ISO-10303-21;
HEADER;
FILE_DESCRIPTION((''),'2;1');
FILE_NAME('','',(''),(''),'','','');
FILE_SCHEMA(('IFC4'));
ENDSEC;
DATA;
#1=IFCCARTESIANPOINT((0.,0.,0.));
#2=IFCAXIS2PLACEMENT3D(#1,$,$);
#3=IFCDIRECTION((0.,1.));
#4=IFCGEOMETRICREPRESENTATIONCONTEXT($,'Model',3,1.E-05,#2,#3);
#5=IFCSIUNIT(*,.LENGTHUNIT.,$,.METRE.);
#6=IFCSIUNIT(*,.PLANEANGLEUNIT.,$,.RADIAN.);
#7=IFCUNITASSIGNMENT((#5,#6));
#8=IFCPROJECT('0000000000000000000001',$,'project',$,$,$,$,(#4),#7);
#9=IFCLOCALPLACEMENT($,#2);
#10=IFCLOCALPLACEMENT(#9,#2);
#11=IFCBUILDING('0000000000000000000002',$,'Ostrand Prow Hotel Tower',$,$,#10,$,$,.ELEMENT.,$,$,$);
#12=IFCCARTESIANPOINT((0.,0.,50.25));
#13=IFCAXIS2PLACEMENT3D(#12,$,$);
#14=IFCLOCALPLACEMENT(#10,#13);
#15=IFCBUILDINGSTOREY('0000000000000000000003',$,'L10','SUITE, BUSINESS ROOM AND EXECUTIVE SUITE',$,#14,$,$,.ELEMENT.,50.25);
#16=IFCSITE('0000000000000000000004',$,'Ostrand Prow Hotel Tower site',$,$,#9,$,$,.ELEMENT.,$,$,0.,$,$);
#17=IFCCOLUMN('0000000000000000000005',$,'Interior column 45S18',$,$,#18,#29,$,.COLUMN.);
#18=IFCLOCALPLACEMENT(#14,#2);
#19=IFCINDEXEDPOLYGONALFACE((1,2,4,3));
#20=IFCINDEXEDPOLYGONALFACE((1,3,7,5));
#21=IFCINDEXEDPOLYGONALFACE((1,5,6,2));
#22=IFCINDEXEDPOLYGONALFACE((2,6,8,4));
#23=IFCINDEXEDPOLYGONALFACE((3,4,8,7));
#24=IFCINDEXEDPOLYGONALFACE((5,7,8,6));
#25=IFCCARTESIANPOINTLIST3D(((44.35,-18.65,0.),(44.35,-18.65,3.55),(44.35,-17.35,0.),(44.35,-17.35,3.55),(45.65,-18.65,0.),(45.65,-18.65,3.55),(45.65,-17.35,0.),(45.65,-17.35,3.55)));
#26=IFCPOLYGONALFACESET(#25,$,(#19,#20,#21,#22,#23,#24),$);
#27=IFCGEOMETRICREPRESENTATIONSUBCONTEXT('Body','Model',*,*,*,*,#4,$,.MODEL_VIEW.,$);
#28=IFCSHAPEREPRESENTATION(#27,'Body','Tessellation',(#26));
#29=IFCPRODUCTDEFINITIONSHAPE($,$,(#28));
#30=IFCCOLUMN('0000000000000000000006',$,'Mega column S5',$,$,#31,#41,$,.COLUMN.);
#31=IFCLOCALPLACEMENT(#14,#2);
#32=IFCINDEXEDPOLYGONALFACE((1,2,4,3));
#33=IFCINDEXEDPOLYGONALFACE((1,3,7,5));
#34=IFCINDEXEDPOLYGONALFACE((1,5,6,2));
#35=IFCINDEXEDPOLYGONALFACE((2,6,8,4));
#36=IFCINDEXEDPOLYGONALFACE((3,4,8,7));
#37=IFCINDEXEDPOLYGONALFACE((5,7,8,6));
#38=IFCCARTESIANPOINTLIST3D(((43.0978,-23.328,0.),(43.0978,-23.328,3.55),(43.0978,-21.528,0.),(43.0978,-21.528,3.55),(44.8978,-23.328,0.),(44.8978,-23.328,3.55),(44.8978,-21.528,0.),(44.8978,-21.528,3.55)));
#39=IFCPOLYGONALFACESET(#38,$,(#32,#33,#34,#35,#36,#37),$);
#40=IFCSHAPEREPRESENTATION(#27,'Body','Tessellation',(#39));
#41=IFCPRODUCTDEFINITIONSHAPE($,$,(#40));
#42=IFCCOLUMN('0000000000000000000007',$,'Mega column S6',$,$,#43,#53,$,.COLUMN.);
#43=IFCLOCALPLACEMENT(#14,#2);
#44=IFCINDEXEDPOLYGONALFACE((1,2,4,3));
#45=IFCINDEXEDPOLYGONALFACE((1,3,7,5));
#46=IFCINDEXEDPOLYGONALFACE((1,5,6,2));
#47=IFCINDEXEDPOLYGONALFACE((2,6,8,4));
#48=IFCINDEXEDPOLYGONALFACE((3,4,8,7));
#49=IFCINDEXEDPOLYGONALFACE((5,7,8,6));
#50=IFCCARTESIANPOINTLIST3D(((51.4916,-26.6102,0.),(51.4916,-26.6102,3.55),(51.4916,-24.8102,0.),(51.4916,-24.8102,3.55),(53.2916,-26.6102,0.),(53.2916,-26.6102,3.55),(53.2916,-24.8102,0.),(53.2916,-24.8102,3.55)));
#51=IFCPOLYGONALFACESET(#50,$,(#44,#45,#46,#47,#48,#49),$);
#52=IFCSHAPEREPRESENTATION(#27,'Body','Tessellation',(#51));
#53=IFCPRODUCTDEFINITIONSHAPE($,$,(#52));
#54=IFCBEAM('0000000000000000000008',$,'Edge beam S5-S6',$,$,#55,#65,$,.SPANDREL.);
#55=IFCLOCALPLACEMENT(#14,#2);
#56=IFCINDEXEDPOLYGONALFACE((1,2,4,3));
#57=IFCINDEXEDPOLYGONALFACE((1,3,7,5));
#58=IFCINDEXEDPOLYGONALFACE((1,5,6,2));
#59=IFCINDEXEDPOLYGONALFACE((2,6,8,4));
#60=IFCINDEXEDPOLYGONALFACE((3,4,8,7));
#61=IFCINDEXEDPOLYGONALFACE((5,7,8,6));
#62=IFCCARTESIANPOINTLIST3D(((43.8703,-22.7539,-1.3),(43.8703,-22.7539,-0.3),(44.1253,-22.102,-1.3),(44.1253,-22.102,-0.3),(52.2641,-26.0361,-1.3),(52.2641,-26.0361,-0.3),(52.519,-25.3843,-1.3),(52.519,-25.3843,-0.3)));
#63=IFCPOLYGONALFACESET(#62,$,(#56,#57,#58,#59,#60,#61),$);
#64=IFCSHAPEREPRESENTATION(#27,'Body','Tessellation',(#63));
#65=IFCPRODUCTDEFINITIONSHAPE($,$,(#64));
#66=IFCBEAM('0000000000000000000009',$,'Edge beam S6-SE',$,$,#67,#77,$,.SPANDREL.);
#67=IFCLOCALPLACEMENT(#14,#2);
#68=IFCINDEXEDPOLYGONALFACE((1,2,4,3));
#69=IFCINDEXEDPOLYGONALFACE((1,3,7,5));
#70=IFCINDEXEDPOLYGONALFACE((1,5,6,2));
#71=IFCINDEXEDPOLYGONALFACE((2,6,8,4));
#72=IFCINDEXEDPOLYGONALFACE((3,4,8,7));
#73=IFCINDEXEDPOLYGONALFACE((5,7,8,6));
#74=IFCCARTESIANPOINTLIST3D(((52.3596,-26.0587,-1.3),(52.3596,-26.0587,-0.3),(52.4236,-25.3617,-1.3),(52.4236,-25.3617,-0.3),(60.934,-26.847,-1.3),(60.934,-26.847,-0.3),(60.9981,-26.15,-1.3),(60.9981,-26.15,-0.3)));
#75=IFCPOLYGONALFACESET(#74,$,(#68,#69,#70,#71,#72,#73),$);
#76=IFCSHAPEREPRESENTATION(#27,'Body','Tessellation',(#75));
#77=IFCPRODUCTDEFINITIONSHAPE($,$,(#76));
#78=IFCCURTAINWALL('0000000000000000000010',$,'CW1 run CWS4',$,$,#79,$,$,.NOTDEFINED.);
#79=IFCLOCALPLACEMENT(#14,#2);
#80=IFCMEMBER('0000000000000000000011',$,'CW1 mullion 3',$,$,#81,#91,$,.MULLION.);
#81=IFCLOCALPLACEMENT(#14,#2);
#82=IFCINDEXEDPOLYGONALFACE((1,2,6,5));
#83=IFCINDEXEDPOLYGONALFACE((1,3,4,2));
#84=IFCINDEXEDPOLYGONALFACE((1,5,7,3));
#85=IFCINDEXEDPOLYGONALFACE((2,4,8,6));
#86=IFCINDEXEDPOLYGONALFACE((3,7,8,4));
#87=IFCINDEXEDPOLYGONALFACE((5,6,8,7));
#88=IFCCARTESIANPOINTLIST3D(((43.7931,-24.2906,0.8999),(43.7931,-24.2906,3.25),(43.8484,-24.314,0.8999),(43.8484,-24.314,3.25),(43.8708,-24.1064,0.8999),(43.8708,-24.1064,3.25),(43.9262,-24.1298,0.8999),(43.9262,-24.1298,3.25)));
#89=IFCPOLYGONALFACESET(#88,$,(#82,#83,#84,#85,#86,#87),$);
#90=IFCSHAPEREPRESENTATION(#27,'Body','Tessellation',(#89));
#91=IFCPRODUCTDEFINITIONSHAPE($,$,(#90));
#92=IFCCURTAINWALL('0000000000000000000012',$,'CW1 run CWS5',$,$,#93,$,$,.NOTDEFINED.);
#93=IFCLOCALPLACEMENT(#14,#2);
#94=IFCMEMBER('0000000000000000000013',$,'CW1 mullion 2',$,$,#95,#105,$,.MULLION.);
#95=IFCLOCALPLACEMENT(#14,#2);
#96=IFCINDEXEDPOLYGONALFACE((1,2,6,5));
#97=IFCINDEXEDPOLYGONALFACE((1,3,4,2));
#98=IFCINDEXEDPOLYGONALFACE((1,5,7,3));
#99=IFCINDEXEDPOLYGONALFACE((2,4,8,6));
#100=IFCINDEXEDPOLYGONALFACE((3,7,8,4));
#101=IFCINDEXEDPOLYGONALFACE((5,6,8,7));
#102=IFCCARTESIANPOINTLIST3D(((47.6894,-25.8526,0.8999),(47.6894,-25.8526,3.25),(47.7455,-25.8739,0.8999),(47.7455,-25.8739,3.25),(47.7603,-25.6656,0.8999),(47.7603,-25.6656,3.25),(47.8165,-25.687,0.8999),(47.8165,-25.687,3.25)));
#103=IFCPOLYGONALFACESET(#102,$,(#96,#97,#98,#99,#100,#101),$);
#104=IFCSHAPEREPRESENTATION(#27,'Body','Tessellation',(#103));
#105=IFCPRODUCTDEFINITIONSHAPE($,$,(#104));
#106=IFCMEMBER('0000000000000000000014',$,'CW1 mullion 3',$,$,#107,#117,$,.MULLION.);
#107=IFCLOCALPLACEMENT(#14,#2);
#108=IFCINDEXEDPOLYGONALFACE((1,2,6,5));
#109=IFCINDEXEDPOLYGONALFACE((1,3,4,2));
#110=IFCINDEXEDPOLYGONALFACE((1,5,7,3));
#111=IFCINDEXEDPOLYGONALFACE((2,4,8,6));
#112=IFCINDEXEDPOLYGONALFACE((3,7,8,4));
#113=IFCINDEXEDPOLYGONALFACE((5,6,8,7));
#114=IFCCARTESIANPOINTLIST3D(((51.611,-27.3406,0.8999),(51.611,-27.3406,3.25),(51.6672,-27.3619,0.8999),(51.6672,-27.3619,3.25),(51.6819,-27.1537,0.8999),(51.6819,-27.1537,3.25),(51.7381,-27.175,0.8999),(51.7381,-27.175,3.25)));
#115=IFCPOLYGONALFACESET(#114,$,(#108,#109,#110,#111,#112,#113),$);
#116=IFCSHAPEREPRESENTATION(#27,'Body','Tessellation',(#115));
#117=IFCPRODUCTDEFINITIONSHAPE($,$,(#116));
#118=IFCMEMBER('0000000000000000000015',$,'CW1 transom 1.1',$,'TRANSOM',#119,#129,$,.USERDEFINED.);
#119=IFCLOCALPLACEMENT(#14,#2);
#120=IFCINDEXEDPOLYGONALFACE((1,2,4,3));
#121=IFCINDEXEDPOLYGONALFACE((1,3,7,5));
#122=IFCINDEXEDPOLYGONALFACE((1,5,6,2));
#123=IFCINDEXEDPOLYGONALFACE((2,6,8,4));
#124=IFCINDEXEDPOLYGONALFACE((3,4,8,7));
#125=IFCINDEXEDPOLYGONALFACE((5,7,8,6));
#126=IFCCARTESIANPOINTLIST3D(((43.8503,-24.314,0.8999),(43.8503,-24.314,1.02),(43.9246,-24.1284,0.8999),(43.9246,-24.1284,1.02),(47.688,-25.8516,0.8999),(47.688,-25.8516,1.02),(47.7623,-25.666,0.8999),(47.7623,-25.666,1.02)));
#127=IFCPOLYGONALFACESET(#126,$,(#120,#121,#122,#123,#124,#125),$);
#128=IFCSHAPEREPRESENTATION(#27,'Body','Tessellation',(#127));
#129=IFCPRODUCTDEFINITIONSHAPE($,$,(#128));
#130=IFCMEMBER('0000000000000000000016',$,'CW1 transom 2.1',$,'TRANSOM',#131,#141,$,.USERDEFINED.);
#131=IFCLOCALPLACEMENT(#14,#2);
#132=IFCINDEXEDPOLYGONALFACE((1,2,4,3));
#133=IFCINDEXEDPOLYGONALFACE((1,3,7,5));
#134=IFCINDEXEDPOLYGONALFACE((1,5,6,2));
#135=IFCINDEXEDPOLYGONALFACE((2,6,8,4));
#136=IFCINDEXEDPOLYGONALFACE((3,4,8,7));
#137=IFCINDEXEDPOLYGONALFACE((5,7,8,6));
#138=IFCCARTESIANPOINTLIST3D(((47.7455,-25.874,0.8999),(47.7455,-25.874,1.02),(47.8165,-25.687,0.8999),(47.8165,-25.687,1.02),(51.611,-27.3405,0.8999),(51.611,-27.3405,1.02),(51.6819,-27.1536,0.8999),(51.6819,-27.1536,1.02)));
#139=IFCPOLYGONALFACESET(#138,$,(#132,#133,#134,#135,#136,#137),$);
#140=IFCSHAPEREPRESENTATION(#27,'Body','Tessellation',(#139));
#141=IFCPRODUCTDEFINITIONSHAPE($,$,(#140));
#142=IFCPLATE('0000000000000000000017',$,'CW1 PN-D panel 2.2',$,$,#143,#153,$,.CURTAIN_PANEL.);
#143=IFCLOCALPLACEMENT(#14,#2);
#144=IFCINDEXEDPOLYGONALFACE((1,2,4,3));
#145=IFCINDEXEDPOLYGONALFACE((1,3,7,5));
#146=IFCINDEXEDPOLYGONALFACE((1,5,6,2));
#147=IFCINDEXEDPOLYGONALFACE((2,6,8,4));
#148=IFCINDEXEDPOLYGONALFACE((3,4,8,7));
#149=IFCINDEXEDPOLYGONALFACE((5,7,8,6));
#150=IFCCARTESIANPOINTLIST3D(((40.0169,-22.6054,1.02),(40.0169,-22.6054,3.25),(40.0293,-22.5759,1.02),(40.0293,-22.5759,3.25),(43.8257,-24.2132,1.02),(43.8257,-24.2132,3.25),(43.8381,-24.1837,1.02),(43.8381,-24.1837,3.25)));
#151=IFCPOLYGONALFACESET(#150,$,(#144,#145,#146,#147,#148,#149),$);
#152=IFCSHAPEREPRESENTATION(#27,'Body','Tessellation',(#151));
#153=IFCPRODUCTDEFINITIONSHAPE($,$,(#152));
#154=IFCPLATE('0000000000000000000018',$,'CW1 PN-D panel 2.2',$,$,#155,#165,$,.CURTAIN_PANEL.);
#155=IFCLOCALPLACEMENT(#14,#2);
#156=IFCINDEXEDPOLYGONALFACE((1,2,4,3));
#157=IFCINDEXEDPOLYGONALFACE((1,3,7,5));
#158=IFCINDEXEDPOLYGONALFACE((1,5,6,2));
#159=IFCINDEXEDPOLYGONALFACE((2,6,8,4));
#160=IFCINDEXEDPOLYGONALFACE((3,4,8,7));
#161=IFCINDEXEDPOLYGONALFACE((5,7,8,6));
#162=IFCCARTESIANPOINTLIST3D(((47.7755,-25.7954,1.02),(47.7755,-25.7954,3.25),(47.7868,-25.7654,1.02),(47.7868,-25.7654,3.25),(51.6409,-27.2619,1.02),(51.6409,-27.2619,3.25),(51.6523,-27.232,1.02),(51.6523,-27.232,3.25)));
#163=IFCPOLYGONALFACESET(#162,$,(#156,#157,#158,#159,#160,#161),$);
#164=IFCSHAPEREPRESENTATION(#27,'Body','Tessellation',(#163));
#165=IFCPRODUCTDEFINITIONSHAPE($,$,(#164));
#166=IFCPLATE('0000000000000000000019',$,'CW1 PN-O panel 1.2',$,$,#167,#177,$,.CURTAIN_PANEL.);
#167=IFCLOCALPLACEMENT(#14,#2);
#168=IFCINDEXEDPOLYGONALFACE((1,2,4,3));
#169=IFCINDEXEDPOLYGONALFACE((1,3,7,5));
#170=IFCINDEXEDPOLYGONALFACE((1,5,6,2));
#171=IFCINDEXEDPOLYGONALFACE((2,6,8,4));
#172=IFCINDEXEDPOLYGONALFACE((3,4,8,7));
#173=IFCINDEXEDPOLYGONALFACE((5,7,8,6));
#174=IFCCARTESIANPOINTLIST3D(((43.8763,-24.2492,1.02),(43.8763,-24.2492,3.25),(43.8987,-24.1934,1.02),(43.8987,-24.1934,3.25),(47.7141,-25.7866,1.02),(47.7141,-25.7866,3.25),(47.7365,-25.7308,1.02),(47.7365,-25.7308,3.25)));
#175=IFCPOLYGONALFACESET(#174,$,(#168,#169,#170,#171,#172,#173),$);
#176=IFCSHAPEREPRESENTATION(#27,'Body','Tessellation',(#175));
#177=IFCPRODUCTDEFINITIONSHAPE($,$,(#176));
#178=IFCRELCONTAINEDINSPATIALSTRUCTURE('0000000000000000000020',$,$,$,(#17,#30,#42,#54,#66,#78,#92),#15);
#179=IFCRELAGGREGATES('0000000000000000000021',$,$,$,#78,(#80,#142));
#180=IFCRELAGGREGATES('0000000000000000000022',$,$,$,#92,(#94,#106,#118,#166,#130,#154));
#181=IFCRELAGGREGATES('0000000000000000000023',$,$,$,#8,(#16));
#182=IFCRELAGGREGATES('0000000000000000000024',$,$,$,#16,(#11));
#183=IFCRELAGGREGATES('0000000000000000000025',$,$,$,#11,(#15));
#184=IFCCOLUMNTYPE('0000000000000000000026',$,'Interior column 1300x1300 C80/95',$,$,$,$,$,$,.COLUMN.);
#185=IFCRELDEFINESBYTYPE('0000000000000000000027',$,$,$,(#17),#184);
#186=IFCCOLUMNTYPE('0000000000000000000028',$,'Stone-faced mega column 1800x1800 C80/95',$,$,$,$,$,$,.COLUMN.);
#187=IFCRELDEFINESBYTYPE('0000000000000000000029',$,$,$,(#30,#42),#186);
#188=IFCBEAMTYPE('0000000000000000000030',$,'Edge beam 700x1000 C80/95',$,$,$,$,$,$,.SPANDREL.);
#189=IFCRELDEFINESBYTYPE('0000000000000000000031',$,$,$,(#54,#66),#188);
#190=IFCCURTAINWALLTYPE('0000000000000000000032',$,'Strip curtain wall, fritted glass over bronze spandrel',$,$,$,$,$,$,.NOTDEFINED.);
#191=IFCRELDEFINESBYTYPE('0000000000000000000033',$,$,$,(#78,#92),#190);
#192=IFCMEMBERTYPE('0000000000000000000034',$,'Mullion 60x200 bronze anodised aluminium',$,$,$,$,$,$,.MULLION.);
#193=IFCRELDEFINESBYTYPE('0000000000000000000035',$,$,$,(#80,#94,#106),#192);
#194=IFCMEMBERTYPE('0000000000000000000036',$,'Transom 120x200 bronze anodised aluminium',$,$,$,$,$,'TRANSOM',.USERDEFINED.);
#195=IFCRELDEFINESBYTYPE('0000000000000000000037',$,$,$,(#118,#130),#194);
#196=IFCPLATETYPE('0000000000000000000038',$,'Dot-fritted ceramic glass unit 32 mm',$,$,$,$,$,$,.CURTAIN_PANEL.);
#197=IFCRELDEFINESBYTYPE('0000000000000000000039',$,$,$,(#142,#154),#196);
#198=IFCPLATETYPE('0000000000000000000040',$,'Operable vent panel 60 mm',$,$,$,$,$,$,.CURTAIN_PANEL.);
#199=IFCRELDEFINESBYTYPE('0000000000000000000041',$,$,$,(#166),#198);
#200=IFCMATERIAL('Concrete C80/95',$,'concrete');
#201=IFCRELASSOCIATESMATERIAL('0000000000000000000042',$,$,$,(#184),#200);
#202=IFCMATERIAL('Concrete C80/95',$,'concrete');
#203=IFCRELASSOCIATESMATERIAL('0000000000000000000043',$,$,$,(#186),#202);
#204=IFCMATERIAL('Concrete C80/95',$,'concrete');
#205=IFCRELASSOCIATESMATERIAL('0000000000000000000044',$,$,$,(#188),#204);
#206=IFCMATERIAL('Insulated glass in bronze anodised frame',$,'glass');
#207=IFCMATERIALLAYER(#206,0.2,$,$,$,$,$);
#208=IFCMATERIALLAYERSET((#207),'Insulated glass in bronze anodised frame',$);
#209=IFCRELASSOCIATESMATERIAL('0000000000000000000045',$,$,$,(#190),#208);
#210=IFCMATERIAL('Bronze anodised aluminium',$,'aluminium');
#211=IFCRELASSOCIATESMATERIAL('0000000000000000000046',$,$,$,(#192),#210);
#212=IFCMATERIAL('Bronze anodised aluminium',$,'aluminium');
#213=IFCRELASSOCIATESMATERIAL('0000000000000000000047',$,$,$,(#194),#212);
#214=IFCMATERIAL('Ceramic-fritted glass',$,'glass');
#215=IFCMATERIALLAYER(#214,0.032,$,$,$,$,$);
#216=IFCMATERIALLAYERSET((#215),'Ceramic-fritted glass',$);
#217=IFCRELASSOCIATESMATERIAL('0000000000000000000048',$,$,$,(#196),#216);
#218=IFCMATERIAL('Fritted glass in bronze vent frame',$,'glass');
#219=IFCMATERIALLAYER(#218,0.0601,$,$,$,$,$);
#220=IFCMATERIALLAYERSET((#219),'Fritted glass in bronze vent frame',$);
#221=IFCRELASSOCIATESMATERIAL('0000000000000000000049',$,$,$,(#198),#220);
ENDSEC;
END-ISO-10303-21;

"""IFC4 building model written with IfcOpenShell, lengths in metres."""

from ifc_helpers import new_model, si_unit, direction, frame, origin, origin_2d, place, context, subcontext, project, spatial, rectangle, extrude, material, layer, layer_set, material_profile, profile_set, type_object, element, aggregate, save


model = new_model("IFC4")

# Units and contexts
model_context = context("Model", 3, precision=1e-05, world=origin(), true_north=direction((0.0, 1.0)))
body_context = subcontext(model_context, "Body", "Model", "MODEL_VIEW")
ifc_project = project(units=[si_unit("LENGTHUNIT", "METRE"), si_unit("PLANEANGLEUNIT", "RADIAN")], contexts=[model_context])

# Site, building, storey
site_placement = place(None, origin())
site = spatial("IfcSite", under=ifc_project, at=site_placement, Name="Ostrand Prow Hotel Tower site", CompositionType="ELEMENT", RefElevation=0.0)
building_placement = place(site_placement, origin())
building = spatial("IfcBuilding", under=site, at=building_placement, Name="Ostrand Prow Hotel Tower", CompositionType="ELEMENT")
storey_placement = place(building_placement, frame((0.0, 0.0, 50.25)))
storey = spatial("IfcBuildingStorey", under=building, at=storey_placement, Name="L10", Description="SUITE, BUSINESS ROOM AND EXECUTIVE SUITE", CompositionType="ELEMENT", Elevation=50.25)

# Columns
ifc_material_1 = material(Name="Concrete C80/95", Category="concrete")
ifc_material_profile_1 = material_profile(ifc_material_1, rectangle(XDim=1.3, YDim=1.3, at=origin_2d()), Name="RC 1300x1300")
ifc_profile_set_1 = profile_set([ifc_material_profile_1], Name="Concrete C80/95")
column_type_1 = type_object("IfcColumnType", Name="Interior column 1300x1300 C80/95", PredefinedType="COLUMN", material=ifc_profile_set_1)
column_placement = place(storey_placement, frame((45.0, -18.0, 0.0), z_axis=(0.0, 0.0, 1.0), x_axis=(1.0, 0.0, 0.0)))
element("IfcColumn", 1, at=column_placement, inside=storey, type_object=column_type_1, Name="Interior column 45S18", PredefinedType="COLUMN", context=body_context, shape_type="SweptSolid", body=[
    extrude(rectangle(XDim=1.3, YDim=1.3, at=origin_2d()), origin(), (0.0, 0.0, 1.0), 3.55),
])
ifc_material_2 = material(Name="Concrete C80/95", Category="concrete")
ifc_material_profile_2 = material_profile(ifc_material_2, rectangle(XDim=1.8, YDim=1.8, at=origin_2d()), Name="RC 1800x1800")
ifc_profile_set_2 = profile_set([ifc_material_profile_2], Name="Concrete C80/95")
column_type_2 = type_object("IfcColumnType", Name="Stone-faced mega column 1800x1800 C80/95", PredefinedType="COLUMN", material=ifc_profile_set_2)
for number, where, z_axis, x_axis, name in (
    (2, (43.9978, -22.428, 0.0), (0.0, 0.0, 1.0), (1.0, 0.0, 0.0), "Mega column S5"),
    (3, (52.3916, -25.7102, 0.0), (0.0, 0.0, 1.0), (1.0, 0.0, 0.0), "Mega column S6"),
):
    element("IfcColumn", number, at=place(storey_placement, frame(where, z_axis=z_axis, x_axis=x_axis)), inside=storey, type_object=column_type_2, Name=name, PredefinedType="COLUMN", context=body_context, shape_type="SweptSolid", body=[
        extrude(rectangle(XDim=1.8, YDim=1.8, at=origin_2d()), origin(), (0.0, 0.0, 1.0), 3.55),
    ])

# Beams
ifc_material_3 = material(Name="Concrete C80/95", Category="concrete")
ifc_material_profile_3 = material_profile(ifc_material_3, rectangle(XDim=0.7, YDim=1.0, at=origin_2d()), Name="RC 700x1000")
ifc_profile_set_3 = profile_set([ifc_material_profile_3], Name="Concrete C80/95")
beam_type = type_object("IfcBeamType", Name="Edge beam 700x1000 C80/95", PredefinedType="SPANDREL", material=ifc_profile_set_3)
beam_1_placement = place(storey_placement, frame((43.9978, -22.428, -0.8), z_axis=(0.931329, -0.364178, 0.0), x_axis=(0.364178, 0.931329, 0.0)))
element("IfcBeam", 4, at=beam_1_placement, inside=storey, type_object=beam_type, Name="Edge beam S5-S6", PredefinedType="SPANDREL", context=body_context, shape_type="SweptSolid", body=[
    extrude(rectangle(XDim=0.7, YDim=1.0, at=origin_2d()), origin(), (0.0, 0.0, 1.0), 9.0127),
])
beam_2_placement = place(storey_placement, frame((52.3916, -25.7102, -0.8), z_axis=(0.9958, -0.091553, 0.0), x_axis=(0.091553, 0.9958, 0.0)))
element("IfcBeam", 5, at=beam_2_placement, inside=storey, type_object=beam_type, Name="Edge beam S6-SE", PredefinedType="SPANDREL", context=body_context, shape_type="SweptSolid", body=[
    extrude(rectangle(XDim=0.7, YDim=1.0, at=origin_2d()), origin(), (0.0, 0.0, 1.0), 8.6106),
])

# Curtain wall, member
ifc_material_4 = material(Name="Insulated glass in bronze anodised frame", Category="glass")
ifc_layer_1 = layer(ifc_material_4, 0.2)
ifc_layer_set_1 = layer_set([ifc_layer_1], Name="Insulated glass in bronze anodised frame")
curtain_wall_type = type_object("IfcCurtainWallType", Name="Strip curtain wall, fritted glass over bronze spandrel", PredefinedType="NOTDEFINED", material=ifc_layer_set_1)
curtain_wall_1_placement = place(storey_placement, origin())
curtain_wall_1 = element("IfcCurtainWall", 6, at=curtain_wall_1_placement, inside=storey, type_object=curtain_wall_type, Name="CW1 run CWS4", PredefinedType="NOTDEFINED")
ifc_material_5 = material(Name="Bronze anodised aluminium", Category="aluminium")
ifc_material_profile_4 = material_profile(ifc_material_5, rectangle(XDim=0.2, YDim=0.0601, at=origin_2d()), Name="Mullion 60x200 bronze anodised aluminium")
ifc_profile_set_4 = profile_set([ifc_material_profile_4], Name="Bronze anodised aluminium")
member_type_1 = type_object("IfcMemberType", Name="Mullion 60x200 bronze anodised aluminium", PredefinedType="MULLION", material=ifc_profile_set_4)
member_1_placement = place(storey_placement, frame((43.8596, -24.2102, 0.8999), z_axis=(0.0, 0.0, 1.0), x_axis=(0.388892, 0.921283, 0.0)))
member_1 = element("IfcMember", 7, at=member_1_placement, type_object=member_type_1, Name="CW1 mullion 3", PredefinedType="MULLION", context=body_context, shape_type="SweptSolid", body=[
    extrude(rectangle(XDim=0.2, YDim=0.0601, at=origin_2d()), origin(), (0.0, 0.0, 1.0), 2.3501),
])

# Curtain wall, members
curtain_wall_2_placement = place(storey_placement, origin())
curtain_wall_2 = element("IfcCurtainWall", 8, at=curtain_wall_2_placement, inside=storey, type_object=curtain_wall_type, Name="CW1 run CWS5", PredefinedType="NOTDEFINED")
member_2_placement = place(storey_placement, frame((47.7529, -25.7698, 0.8999), z_axis=(0.0, 0.0, 1.0), x_axis=(0.354728, 0.934969, 0.0)))
member_2 = element("IfcMember", 9, at=member_2_placement, type_object=member_type_1, Name="CW1 mullion 2", PredefinedType="MULLION", context=body_context, shape_type="SweptSolid", body=[
    extrude(rectangle(XDim=0.2, YDim=0.0601, at=origin_2d()), origin(), (0.0, 0.0, 1.0), 2.3501),
])
member_3_placement = place(storey_placement, frame((51.6746, -27.2578, 0.8999), z_axis=(0.0, 0.0, 1.0), x_axis=(0.354728, 0.934969, 0.0)))
member_3 = element("IfcMember", 10, at=member_3_placement, type_object=member_type_1, Name="CW1 mullion 3", PredefinedType="MULLION", context=body_context, shape_type="SweptSolid", body=[
    extrude(rectangle(XDim=0.2, YDim=0.0601, at=origin_2d()), origin(), (0.0, 0.0, 1.0), 2.3501),
])
ifc_material_6 = material(Name="Bronze anodised aluminium", Category="aluminium")
ifc_material_profile_5 = material_profile(ifc_material_6, rectangle(XDim=0.2, YDim=0.1201, at=origin_2d()), Name="Transom 120x200 bronze anodised aluminium")
ifc_profile_set_5 = profile_set([ifc_material_profile_5], Name="Bronze anodised aluminium")
member_type_2 = type_object("IfcMemberType", Name="Transom 120x200 bronze anodised aluminium", ElementType="TRANSOM", PredefinedType="USERDEFINED", material=ifc_profile_set_5)
member_4_placement = place(storey_placement, frame((43.8875, -24.2212, 0.96), z_axis=(0.928265, -0.37192, 0.0), x_axis=(0.37192, 0.928265, 0.0)))
member_4 = element("IfcMember", 11, at=member_4_placement, type_object=member_type_2, Name="CW1 transom 1.1", ObjectType="TRANSOM", PredefinedType="USERDEFINED", context=body_context, shape_type="SweptSolid", body=[
    extrude(rectangle(XDim=0.2, YDim=0.1201, at=origin_2d()), origin(), (0.0, 0.0, 1.0), 4.1343),
])
member_5_placement = place(storey_placement, frame((47.781, -25.7805, 0.96), z_axis=(0.934971, -0.354725, 0.0), x_axis=(0.354725, 0.934971, 0.0)))
member_5 = element("IfcMember", 12, at=member_5_placement, type_object=member_type_2, Name="CW1 transom 2.1", ObjectType="TRANSOM", PredefinedType="USERDEFINED", context=body_context, shape_type="SweptSolid", body=[
    extrude(rectangle(XDim=0.2, YDim=0.1201, at=origin_2d()), origin(), (0.0, 0.0, 1.0), 4.1343),
])

# Plates
ifc_material_7 = material(Name="Ceramic-fritted glass", Category="glass")
ifc_layer_2 = layer(ifc_material_7, 0.032)
ifc_layer_set_2 = layer_set([ifc_layer_2], Name="Ceramic-fritted glass")
plate_type_1 = type_object("IfcPlateType", Name="Dot-fritted ceramic glass unit 32 mm", PredefinedType="CURTAIN_PANEL", material=ifc_layer_set_2)
plate_1_placement = place(storey_placement, frame((41.9275, -23.3945, 1.02), z_axis=(0.0, 0.0, 1.0), x_axis=(0.921283, -0.388892, 0.0)))
plate_1 = element("IfcPlate", 13, at=plate_1_placement, type_object=plate_type_1, Name="CW1 PN-D panel 2.2", PredefinedType="CURTAIN_PANEL", context=body_context, shape_type="SweptSolid", body=[
    extrude(rectangle(XDim=4.1343, YDim=0.032, at=origin_2d()), origin(), (0.0, 0.0, 1.0), 2.23),
])
aggregate(curtain_wall_1, [member_1, plate_1])
plate_2_placement = place(storey_placement, frame((49.7139, -26.5137, 1.02), z_axis=(0.0, 0.0, 1.0), x_axis=(0.934969, -0.354728, 0.0)))
plate_2 = element("IfcPlate", 14, at=plate_2_placement, type_object=plate_type_1, Name="CW1 PN-D panel 2.2", PredefinedType="CURTAIN_PANEL", context=body_context, shape_type="SweptSolid", body=[
    extrude(rectangle(XDim=4.1343, YDim=0.032, at=origin_2d()), origin(), (0.0, 0.0, 1.0), 2.23),
])
ifc_material_8 = material(Name="Fritted glass in bronze vent frame", Category="glass")
ifc_layer_3 = layer(ifc_material_8, 0.0601)
ifc_layer_set_3 = layer_set([ifc_layer_3], Name="Fritted glass in bronze vent frame")
plate_type_2 = type_object("IfcPlateType", Name="Operable vent panel 60 mm", PredefinedType="CURTAIN_PANEL", material=ifc_layer_set_3)
plate_3_placement = place(storey_placement, frame((45.8064, -24.99, 1.02), z_axis=(0.0, 0.0, 1.0), x_axis=(0.928283, -0.371873, 0.0)))
plate_3 = element("IfcPlate", 15, at=plate_3_placement, type_object=plate_type_2, Name="CW1 PN-O panel 1.2", PredefinedType="CURTAIN_PANEL", context=body_context, shape_type="SweptSolid", body=[
    extrude(rectangle(XDim=4.1343, YDim=0.0601, at=origin_2d()), origin(), (0.0, 0.0, 1.0), 2.23),
])
aggregate(curtain_wall_2, [member_2, member_3, member_4, plate_3, member_5, plate_2])

save(model, "model.ifc")
